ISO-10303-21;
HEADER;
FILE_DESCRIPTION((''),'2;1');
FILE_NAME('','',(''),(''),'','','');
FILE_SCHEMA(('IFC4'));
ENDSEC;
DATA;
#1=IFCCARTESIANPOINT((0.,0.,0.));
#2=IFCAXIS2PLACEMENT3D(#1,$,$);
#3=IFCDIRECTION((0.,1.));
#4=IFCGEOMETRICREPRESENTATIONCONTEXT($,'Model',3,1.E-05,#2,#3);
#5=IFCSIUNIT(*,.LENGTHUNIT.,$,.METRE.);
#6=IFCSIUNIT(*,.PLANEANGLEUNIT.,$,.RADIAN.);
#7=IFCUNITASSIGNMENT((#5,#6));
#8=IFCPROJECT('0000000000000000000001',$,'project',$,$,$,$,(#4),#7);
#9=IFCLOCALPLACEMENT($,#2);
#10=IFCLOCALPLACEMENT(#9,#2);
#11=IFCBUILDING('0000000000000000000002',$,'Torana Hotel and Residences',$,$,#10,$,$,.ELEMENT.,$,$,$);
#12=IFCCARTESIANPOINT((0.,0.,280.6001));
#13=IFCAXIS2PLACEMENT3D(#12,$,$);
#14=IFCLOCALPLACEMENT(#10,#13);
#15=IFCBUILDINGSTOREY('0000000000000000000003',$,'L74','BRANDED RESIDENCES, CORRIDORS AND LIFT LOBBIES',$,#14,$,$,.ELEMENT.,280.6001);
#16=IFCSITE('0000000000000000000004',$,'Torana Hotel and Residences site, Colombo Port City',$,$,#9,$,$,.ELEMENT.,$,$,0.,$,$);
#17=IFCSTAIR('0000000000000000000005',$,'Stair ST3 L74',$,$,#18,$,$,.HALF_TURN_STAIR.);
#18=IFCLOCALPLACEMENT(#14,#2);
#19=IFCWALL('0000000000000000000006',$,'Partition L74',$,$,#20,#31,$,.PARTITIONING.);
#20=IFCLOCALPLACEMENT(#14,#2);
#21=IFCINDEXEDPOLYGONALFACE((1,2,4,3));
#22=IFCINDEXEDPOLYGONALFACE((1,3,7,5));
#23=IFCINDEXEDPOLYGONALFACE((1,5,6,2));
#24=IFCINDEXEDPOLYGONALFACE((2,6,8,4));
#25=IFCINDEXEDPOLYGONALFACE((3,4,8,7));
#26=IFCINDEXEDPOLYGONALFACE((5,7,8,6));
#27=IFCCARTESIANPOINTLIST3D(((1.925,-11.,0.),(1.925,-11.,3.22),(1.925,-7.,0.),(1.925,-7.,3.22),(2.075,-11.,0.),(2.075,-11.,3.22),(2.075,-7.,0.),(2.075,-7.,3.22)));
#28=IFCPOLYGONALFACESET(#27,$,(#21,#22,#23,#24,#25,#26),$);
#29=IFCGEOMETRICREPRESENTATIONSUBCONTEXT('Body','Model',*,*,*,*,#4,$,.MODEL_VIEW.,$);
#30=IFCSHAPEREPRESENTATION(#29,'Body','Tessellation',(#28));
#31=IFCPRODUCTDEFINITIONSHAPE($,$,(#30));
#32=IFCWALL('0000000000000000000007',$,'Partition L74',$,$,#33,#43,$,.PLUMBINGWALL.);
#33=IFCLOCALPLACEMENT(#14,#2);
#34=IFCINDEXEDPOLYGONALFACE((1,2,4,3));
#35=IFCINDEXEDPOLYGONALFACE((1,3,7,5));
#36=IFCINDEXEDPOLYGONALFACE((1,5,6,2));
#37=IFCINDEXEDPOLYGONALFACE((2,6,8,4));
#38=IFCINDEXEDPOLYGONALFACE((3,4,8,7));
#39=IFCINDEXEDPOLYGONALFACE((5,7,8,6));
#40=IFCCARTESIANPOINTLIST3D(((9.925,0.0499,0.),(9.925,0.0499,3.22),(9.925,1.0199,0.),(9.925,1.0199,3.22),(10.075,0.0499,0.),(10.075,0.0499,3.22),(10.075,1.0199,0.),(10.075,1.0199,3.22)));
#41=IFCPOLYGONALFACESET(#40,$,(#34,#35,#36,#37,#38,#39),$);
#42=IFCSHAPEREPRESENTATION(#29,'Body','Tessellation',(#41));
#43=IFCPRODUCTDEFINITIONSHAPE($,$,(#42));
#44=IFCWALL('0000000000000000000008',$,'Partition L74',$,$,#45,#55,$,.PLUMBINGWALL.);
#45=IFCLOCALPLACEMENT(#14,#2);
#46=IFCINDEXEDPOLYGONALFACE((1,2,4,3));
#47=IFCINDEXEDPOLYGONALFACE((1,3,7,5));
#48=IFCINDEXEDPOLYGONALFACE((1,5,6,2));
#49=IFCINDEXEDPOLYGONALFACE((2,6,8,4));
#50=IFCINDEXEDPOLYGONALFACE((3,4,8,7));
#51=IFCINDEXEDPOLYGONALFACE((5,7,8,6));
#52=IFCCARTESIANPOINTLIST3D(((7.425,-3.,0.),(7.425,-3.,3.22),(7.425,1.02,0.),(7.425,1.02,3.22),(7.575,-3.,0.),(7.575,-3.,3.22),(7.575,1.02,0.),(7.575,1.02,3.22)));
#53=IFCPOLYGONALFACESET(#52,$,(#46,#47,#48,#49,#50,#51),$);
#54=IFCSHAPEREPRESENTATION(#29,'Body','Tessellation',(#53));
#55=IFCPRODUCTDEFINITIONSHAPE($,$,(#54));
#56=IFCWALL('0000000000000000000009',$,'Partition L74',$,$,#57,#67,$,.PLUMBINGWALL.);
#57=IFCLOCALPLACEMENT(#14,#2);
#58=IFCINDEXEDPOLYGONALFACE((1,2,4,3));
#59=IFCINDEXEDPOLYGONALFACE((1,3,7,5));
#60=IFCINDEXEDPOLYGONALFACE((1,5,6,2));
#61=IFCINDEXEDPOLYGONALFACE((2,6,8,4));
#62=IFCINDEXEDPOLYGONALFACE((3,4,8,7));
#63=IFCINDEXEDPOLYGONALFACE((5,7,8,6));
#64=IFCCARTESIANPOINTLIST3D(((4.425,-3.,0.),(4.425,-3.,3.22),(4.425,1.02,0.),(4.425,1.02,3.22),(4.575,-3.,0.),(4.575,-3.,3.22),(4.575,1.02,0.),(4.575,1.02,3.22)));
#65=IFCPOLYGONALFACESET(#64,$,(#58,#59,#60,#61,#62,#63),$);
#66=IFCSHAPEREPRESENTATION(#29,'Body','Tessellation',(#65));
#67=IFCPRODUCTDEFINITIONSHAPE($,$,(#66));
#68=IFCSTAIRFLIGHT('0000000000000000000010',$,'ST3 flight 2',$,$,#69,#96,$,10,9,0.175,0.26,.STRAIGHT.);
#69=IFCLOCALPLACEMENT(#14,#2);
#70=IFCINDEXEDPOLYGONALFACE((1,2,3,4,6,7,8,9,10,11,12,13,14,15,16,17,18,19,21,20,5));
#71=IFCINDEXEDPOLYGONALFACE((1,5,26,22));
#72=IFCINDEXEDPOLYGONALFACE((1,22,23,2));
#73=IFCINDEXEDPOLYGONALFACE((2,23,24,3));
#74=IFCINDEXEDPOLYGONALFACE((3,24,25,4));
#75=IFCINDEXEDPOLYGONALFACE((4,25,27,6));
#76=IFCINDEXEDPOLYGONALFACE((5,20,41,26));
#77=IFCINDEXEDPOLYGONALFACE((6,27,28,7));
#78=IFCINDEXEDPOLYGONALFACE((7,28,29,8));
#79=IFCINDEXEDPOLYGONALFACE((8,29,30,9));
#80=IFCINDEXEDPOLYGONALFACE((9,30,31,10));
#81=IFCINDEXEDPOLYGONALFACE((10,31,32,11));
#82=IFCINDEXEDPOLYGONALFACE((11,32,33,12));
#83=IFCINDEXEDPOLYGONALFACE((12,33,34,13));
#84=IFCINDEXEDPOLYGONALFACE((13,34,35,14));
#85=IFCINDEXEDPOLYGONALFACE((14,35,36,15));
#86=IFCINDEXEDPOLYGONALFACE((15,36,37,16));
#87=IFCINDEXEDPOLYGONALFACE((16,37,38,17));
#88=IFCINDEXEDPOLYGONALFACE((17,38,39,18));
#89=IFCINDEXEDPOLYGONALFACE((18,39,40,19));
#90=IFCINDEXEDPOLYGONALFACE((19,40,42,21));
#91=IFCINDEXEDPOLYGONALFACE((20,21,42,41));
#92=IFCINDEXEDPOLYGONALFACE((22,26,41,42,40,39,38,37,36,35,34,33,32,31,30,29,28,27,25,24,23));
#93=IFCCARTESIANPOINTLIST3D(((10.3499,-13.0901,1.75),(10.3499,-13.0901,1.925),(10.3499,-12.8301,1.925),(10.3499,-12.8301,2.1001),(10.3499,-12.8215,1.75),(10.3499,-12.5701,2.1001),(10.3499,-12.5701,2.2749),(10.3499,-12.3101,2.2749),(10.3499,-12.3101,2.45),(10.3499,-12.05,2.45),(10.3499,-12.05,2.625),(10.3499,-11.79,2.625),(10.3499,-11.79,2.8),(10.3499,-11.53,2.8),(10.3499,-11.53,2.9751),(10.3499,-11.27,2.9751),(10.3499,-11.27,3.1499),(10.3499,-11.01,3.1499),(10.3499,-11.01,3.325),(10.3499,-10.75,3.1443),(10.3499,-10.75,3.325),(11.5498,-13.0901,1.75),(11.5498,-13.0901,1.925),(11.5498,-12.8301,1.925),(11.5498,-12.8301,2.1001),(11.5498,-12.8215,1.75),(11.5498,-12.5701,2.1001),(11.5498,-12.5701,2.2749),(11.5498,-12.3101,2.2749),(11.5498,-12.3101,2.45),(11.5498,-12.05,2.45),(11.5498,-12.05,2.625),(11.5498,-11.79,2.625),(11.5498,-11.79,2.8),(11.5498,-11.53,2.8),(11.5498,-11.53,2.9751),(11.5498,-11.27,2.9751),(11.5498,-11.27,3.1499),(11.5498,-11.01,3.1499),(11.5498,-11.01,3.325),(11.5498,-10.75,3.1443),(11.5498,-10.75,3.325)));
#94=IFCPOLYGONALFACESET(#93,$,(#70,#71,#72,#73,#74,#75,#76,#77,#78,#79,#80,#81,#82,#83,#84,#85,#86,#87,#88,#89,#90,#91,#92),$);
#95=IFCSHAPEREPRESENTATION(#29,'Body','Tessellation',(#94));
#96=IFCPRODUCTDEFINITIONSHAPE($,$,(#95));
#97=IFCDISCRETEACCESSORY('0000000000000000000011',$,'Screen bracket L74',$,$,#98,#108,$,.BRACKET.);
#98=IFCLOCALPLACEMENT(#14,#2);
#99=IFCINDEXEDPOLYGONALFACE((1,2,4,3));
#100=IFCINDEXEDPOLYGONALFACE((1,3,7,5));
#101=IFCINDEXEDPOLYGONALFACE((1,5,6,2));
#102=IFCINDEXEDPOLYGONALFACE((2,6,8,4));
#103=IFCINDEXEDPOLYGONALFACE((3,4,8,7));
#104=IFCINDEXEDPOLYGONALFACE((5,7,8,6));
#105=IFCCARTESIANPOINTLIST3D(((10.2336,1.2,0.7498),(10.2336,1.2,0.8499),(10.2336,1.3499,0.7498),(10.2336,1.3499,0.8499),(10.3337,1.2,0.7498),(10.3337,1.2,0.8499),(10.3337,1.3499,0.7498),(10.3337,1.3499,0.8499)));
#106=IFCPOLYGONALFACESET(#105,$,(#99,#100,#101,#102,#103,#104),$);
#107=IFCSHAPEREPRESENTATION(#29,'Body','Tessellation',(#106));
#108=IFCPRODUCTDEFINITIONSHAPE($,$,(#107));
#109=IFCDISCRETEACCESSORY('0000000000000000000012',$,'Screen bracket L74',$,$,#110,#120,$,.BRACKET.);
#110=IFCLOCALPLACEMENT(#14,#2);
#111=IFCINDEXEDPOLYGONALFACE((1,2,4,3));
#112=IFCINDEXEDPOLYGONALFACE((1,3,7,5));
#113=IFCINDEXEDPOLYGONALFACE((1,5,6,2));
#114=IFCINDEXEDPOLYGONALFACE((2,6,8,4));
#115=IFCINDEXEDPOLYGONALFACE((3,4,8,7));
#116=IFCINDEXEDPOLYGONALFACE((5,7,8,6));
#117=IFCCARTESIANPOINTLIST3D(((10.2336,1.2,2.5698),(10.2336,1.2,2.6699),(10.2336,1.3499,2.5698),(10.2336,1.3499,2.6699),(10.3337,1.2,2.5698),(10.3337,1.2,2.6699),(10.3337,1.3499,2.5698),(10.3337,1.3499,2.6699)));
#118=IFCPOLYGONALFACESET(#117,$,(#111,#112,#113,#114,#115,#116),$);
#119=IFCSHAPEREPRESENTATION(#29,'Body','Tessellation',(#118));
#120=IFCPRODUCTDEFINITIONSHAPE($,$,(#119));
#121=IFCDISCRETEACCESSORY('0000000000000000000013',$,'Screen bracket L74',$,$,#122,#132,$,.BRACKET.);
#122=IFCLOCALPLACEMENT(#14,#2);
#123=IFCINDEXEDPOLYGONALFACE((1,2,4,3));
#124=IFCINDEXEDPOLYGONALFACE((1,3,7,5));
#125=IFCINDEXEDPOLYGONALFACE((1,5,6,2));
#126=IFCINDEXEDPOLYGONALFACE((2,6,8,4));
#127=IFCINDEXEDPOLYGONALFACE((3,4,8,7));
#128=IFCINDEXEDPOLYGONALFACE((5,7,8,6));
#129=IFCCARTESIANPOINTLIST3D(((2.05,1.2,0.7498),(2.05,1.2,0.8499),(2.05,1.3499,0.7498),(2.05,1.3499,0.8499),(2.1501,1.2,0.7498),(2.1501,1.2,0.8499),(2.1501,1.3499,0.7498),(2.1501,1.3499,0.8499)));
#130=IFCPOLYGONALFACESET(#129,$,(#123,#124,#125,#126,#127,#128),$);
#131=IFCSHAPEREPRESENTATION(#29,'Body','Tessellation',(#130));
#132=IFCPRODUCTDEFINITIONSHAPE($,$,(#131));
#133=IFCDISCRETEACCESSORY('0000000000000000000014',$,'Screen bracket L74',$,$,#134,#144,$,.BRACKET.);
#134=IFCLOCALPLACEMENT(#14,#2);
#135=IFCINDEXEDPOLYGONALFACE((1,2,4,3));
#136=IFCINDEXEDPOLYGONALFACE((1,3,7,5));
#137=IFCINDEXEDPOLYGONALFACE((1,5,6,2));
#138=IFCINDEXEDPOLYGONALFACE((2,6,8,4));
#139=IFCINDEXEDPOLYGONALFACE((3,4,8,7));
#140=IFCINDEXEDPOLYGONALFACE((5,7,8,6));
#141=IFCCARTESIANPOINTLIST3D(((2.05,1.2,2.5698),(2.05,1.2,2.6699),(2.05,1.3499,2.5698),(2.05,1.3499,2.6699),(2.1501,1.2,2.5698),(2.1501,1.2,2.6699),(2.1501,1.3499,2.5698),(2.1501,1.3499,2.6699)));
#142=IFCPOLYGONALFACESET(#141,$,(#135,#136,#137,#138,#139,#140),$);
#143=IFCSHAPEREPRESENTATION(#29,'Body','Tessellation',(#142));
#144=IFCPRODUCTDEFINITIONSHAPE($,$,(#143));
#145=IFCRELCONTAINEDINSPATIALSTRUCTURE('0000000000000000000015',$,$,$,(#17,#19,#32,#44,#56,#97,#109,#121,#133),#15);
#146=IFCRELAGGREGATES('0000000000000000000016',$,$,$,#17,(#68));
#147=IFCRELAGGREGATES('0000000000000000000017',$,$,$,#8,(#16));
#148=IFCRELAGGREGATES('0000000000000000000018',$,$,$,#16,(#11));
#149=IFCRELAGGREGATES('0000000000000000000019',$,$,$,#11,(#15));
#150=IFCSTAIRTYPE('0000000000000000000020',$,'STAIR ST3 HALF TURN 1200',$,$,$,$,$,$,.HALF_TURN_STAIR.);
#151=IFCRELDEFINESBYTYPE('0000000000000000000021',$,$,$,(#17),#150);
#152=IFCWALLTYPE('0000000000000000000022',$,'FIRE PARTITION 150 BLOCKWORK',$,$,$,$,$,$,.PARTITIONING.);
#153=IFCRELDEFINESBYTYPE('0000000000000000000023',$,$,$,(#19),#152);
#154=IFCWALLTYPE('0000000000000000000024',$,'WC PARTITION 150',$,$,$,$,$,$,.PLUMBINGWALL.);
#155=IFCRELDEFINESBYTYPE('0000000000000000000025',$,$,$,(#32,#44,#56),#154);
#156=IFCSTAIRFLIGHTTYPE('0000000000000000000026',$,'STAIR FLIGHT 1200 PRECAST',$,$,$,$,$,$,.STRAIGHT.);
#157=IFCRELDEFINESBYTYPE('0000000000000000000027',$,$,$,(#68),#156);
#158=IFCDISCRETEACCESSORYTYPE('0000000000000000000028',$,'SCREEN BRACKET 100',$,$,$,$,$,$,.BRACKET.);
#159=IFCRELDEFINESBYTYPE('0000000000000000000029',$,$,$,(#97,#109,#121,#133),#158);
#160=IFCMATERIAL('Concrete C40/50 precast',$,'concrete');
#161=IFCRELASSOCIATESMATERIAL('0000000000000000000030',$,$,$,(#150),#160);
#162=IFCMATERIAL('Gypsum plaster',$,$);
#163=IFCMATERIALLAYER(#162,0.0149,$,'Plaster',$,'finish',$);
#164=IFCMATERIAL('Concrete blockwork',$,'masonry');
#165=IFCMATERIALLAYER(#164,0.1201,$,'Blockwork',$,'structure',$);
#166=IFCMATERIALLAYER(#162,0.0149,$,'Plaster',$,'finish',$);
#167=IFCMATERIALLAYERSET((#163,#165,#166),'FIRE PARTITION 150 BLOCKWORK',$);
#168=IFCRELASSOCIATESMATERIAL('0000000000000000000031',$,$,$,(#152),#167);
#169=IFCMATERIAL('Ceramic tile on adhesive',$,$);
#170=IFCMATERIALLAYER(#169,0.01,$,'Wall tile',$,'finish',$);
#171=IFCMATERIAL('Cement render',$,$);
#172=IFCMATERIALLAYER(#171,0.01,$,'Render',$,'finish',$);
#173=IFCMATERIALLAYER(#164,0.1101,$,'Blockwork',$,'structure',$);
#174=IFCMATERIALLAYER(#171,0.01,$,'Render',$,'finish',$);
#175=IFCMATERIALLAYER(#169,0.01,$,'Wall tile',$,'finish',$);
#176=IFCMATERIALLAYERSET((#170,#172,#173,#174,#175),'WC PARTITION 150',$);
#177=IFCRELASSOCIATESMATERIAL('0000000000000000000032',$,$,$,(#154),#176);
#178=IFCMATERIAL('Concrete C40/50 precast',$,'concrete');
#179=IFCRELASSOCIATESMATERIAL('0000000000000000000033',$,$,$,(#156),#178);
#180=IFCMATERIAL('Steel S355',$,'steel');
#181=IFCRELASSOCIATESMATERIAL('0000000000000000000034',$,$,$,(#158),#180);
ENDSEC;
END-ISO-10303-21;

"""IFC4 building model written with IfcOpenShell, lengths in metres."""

from ifc_helpers import new_model, si_unit, direction, frame, frame_2d, origin, origin_2d, place, context, subcontext, project, spatial, polyline, rectangle, outline, extrude, material, layer, layer_set, type_object, element, aggregate, save


model = new_model("IFC4")

# Units and contexts
model_context = context("Model", 3, precision=1e-05, world=origin(), true_north=direction((0.0, 1.0)))
body_context = subcontext(model_context, "Body", "Model", "MODEL_VIEW")
ifc_project = project(units=[si_unit("LENGTHUNIT", "METRE"), si_unit("PLANEANGLEUNIT", "RADIAN")], contexts=[model_context])

# Site, building, storey
site_placement = place(None, origin())
site = spatial("IfcSite", under=ifc_project, at=site_placement, Name="Torana Hotel and Residences site, Colombo Port City", CompositionType="ELEMENT", RefElevation=0.0)
building_placement = place(site_placement, origin())
building = spatial("IfcBuilding", under=site, at=building_placement, Name="Torana Hotel and Residences", CompositionType="ELEMENT")
storey_placement = place(building_placement, frame((0.0, 0.0, 280.6001)))
storey = spatial("IfcBuildingStorey", under=building, at=storey_placement, Name="L74", Description="BRANDED RESIDENCES, CORRIDORS AND LIFT LOBBIES", CompositionType="ELEMENT", Elevation=280.6001)

# Stair
ifc_material_1 = material(Name="Concrete C40/50 precast", Category="concrete")
stair_type_1 = type_object("IfcStairType", Name="STAIR ST3 HALF TURN 1200", PredefinedType="HALF_TURN_STAIR", material=ifc_material_1)
stair_1_placement = place(storey_placement, origin())
stair_1 = element("IfcStair", 1, at=stair_1_placement, inside=storey, type_object=stair_type_1, Name="Stair ST3 L74", PredefinedType="HALF_TURN_STAIR")

# Walls
ifc_material_2 = material(Name="Gypsum plaster")
ifc_layer_1 = layer(ifc_material_2, 0.0149, Name="Plaster", Category="finish")
ifc_material_3 = material(Name="Concrete blockwork", Category="masonry")
ifc_layer_2 = layer(ifc_material_3, 0.1201, Name="Blockwork", Category="structure")
ifc_layer_3 = layer(ifc_material_2, 0.0149, Name="Plaster", Category="finish")
ifc_layer_set_1 = layer_set([ifc_layer_1, ifc_layer_2, ifc_layer_3], Name="FIRE PARTITION 150 BLOCKWORK")
wall_type_1 = type_object("IfcWallType", Name="FIRE PARTITION 150 BLOCKWORK", PredefinedType="PARTITIONING", material=ifc_layer_set_1)
wall_1_placement = place(storey_placement, frame((2.0, -11.0, 0.0), z_axis=(0.0, 0.0, 1.0), x_axis=(0.0, 1.0, 0.0)))
element("IfcWall", 2, at=wall_1_placement, inside=storey, type_object=wall_type_1, Name="Partition L74", PredefinedType="PARTITIONING", context=body_context, shape_type="SweptSolid", body=[
    extrude(rectangle(XDim=4.0, YDim=0.1499, at=frame_2d((2.0, 0.0))), origin(), (0.0, 0.0, 1.0), 3.22),
])
ifc_material_4 = material(Name="Ceramic tile on adhesive")
ifc_layer_4 = layer(ifc_material_4, 0.01, Name="Wall tile", Category="finish")
ifc_material_5 = material(Name="Cement render")
ifc_layer_5 = layer(ifc_material_5, 0.01, Name="Render", Category="finish")
ifc_layer_6 = layer(ifc_material_3, 0.1101, Name="Blockwork", Category="structure")
ifc_layer_7 = layer(ifc_material_5, 0.01, Name="Render", Category="finish")
ifc_layer_8 = layer(ifc_material_4, 0.01, Name="Wall tile", Category="finish")
ifc_layer_set_2 = layer_set([ifc_layer_4, ifc_layer_5, ifc_layer_6, ifc_layer_7, ifc_layer_8], Name="WC PARTITION 150")
wall_type_2 = type_object("IfcWallType", Name="WC PARTITION 150", PredefinedType="PLUMBINGWALL", material=ifc_layer_set_2)
wall_2_placement = place(storey_placement, frame((10.0, 0.05, 0.0), z_axis=(0.0, 0.0, 1.0), x_axis=(0.0, 1.0, 0.0)))
element("IfcWall", 3, at=wall_2_placement, inside=storey, type_object=wall_type_2, Name="Partition L74", PredefinedType="PLUMBINGWALL", context=body_context, shape_type="SweptSolid", body=[
    extrude(rectangle(XDim=0.97, YDim=0.1499, at=frame_2d((0.4849, 0.0))), origin(), (0.0, 0.0, 1.0), 3.22),
])
for number, where, z_axis, x_axis, name in (
    (4, (7.5, -3.0, 0.0), (0.0, 0.0, 1.0), (0.0, 1.0, 0.0), "Partition L74"),
    (5, (4.5, -3.0, 0.0), (0.0, 0.0, 1.0), (0.0, 1.0, 0.0), "Partition L74"),
):
    element("IfcWall", number, at=place(storey_placement, frame(where, z_axis=z_axis, x_axis=x_axis)), inside=storey, type_object=wall_type_2, Name=name, PredefinedType="PLUMBINGWALL", context=body_context, shape_type="SweptSolid", body=[
        extrude(rectangle(XDim=4.02, YDim=0.1499, at=frame_2d((2.01, 0.0))), origin(), (0.0, 0.0, 1.0), 3.22),
    ])

# Stair flight
ifc_material_6 = material(Name="Concrete C40/50 precast", Category="concrete")
stair_flight_type = type_object("IfcStairFlightType", Name="STAIR FLIGHT 1200 PRECAST", PredefinedType="STRAIGHT", material=ifc_material_6)
stair_flight_placement = place(storey_placement, frame((10.95, -13.0901, 1.75), z_axis=(0.0, 0.0, 1.0), x_axis=(0.0, 1.0, 0.0)))
stair_flight = element("IfcStairFlight", 6, at=stair_flight_placement, type_object=stair_flight_type, Name="ST3 flight 2", NumberOfRisers=10, NumberOfTreads=9, PredefinedType="STRAIGHT", RiserHeight=0.175, TreadLength=0.26, context=body_context, shape_type="SweptSolid", body=[
    extrude(outline(polyline([(0.0, 0.0), (0.0, 0.175), (0.26, 0.175), (0.26, 0.3501), (0.52, 0.3501), (0.52, 0.5249), (0.78, 0.5249), (0.78, 0.7), (1.04, 0.7), (1.04, 0.875), (1.3, 0.875), (1.3, 1.05), (1.5601, 1.05), (1.5601, 1.2251), (1.8201, 1.2251), (1.8201, 1.3999), (2.0801, 1.3999), (2.0801, 1.575), (2.3401, 1.575), (2.3401, 1.75), (2.3401, 1.3943), (0.2686, 0.0), (0.0, 0.0)])), frame((0.0, 0.6001, 0.0), z_axis=(0.0, -1.0, 0.0), x_axis=(1.0, 0.0, 0.0)), (0.0, 0.0, 1.0), 1.2),
])
aggregate(stair_1, [stair_flight])

# Discrete accessories
ifc_material_7 = material(Name="Steel S355", Category="steel")
discrete_accessory_type = type_object("IfcDiscreteAccessoryType", Name="SCREEN BRACKET 100", PredefinedType="BRACKET", material=ifc_material_7)
for number, where, z_axis, x_axis, name in (
    (7, (10.2837, 1.2749, 0.7498), (0.0, 0.0, 1.0), (-1.0, 0.0, 0.0), "Screen bracket L74"),
    (8, (10.2837, 1.2749, 2.5698), (0.0, 0.0, 1.0), (-1.0, 0.0, 0.0), "Screen bracket L74"),
    (9, (2.1001, 1.2749, 0.7498), (0.0, 0.0, 1.0), (-1.0, 0.0, 0.0), "Screen bracket L74"),
    (10, (2.1001, 1.2749, 2.5698), (0.0, 0.0, 1.0), (-1.0, 0.0, 0.0), "Screen bracket L74"),
):
    element("IfcDiscreteAccessory", number, at=place(storey_placement, frame(where, z_axis=z_axis, x_axis=x_axis)), inside=storey, type_object=discrete_accessory_type, Name=name, PredefinedType="BRACKET", context=body_context, shape_type="SweptSolid", body=[
        extrude(rectangle(XDim=0.1001, YDim=0.1499, at=origin_2d()), origin(), (0.0, 0.0, 1.0), 0.1001),
    ])

save(model, "model.ifc")
